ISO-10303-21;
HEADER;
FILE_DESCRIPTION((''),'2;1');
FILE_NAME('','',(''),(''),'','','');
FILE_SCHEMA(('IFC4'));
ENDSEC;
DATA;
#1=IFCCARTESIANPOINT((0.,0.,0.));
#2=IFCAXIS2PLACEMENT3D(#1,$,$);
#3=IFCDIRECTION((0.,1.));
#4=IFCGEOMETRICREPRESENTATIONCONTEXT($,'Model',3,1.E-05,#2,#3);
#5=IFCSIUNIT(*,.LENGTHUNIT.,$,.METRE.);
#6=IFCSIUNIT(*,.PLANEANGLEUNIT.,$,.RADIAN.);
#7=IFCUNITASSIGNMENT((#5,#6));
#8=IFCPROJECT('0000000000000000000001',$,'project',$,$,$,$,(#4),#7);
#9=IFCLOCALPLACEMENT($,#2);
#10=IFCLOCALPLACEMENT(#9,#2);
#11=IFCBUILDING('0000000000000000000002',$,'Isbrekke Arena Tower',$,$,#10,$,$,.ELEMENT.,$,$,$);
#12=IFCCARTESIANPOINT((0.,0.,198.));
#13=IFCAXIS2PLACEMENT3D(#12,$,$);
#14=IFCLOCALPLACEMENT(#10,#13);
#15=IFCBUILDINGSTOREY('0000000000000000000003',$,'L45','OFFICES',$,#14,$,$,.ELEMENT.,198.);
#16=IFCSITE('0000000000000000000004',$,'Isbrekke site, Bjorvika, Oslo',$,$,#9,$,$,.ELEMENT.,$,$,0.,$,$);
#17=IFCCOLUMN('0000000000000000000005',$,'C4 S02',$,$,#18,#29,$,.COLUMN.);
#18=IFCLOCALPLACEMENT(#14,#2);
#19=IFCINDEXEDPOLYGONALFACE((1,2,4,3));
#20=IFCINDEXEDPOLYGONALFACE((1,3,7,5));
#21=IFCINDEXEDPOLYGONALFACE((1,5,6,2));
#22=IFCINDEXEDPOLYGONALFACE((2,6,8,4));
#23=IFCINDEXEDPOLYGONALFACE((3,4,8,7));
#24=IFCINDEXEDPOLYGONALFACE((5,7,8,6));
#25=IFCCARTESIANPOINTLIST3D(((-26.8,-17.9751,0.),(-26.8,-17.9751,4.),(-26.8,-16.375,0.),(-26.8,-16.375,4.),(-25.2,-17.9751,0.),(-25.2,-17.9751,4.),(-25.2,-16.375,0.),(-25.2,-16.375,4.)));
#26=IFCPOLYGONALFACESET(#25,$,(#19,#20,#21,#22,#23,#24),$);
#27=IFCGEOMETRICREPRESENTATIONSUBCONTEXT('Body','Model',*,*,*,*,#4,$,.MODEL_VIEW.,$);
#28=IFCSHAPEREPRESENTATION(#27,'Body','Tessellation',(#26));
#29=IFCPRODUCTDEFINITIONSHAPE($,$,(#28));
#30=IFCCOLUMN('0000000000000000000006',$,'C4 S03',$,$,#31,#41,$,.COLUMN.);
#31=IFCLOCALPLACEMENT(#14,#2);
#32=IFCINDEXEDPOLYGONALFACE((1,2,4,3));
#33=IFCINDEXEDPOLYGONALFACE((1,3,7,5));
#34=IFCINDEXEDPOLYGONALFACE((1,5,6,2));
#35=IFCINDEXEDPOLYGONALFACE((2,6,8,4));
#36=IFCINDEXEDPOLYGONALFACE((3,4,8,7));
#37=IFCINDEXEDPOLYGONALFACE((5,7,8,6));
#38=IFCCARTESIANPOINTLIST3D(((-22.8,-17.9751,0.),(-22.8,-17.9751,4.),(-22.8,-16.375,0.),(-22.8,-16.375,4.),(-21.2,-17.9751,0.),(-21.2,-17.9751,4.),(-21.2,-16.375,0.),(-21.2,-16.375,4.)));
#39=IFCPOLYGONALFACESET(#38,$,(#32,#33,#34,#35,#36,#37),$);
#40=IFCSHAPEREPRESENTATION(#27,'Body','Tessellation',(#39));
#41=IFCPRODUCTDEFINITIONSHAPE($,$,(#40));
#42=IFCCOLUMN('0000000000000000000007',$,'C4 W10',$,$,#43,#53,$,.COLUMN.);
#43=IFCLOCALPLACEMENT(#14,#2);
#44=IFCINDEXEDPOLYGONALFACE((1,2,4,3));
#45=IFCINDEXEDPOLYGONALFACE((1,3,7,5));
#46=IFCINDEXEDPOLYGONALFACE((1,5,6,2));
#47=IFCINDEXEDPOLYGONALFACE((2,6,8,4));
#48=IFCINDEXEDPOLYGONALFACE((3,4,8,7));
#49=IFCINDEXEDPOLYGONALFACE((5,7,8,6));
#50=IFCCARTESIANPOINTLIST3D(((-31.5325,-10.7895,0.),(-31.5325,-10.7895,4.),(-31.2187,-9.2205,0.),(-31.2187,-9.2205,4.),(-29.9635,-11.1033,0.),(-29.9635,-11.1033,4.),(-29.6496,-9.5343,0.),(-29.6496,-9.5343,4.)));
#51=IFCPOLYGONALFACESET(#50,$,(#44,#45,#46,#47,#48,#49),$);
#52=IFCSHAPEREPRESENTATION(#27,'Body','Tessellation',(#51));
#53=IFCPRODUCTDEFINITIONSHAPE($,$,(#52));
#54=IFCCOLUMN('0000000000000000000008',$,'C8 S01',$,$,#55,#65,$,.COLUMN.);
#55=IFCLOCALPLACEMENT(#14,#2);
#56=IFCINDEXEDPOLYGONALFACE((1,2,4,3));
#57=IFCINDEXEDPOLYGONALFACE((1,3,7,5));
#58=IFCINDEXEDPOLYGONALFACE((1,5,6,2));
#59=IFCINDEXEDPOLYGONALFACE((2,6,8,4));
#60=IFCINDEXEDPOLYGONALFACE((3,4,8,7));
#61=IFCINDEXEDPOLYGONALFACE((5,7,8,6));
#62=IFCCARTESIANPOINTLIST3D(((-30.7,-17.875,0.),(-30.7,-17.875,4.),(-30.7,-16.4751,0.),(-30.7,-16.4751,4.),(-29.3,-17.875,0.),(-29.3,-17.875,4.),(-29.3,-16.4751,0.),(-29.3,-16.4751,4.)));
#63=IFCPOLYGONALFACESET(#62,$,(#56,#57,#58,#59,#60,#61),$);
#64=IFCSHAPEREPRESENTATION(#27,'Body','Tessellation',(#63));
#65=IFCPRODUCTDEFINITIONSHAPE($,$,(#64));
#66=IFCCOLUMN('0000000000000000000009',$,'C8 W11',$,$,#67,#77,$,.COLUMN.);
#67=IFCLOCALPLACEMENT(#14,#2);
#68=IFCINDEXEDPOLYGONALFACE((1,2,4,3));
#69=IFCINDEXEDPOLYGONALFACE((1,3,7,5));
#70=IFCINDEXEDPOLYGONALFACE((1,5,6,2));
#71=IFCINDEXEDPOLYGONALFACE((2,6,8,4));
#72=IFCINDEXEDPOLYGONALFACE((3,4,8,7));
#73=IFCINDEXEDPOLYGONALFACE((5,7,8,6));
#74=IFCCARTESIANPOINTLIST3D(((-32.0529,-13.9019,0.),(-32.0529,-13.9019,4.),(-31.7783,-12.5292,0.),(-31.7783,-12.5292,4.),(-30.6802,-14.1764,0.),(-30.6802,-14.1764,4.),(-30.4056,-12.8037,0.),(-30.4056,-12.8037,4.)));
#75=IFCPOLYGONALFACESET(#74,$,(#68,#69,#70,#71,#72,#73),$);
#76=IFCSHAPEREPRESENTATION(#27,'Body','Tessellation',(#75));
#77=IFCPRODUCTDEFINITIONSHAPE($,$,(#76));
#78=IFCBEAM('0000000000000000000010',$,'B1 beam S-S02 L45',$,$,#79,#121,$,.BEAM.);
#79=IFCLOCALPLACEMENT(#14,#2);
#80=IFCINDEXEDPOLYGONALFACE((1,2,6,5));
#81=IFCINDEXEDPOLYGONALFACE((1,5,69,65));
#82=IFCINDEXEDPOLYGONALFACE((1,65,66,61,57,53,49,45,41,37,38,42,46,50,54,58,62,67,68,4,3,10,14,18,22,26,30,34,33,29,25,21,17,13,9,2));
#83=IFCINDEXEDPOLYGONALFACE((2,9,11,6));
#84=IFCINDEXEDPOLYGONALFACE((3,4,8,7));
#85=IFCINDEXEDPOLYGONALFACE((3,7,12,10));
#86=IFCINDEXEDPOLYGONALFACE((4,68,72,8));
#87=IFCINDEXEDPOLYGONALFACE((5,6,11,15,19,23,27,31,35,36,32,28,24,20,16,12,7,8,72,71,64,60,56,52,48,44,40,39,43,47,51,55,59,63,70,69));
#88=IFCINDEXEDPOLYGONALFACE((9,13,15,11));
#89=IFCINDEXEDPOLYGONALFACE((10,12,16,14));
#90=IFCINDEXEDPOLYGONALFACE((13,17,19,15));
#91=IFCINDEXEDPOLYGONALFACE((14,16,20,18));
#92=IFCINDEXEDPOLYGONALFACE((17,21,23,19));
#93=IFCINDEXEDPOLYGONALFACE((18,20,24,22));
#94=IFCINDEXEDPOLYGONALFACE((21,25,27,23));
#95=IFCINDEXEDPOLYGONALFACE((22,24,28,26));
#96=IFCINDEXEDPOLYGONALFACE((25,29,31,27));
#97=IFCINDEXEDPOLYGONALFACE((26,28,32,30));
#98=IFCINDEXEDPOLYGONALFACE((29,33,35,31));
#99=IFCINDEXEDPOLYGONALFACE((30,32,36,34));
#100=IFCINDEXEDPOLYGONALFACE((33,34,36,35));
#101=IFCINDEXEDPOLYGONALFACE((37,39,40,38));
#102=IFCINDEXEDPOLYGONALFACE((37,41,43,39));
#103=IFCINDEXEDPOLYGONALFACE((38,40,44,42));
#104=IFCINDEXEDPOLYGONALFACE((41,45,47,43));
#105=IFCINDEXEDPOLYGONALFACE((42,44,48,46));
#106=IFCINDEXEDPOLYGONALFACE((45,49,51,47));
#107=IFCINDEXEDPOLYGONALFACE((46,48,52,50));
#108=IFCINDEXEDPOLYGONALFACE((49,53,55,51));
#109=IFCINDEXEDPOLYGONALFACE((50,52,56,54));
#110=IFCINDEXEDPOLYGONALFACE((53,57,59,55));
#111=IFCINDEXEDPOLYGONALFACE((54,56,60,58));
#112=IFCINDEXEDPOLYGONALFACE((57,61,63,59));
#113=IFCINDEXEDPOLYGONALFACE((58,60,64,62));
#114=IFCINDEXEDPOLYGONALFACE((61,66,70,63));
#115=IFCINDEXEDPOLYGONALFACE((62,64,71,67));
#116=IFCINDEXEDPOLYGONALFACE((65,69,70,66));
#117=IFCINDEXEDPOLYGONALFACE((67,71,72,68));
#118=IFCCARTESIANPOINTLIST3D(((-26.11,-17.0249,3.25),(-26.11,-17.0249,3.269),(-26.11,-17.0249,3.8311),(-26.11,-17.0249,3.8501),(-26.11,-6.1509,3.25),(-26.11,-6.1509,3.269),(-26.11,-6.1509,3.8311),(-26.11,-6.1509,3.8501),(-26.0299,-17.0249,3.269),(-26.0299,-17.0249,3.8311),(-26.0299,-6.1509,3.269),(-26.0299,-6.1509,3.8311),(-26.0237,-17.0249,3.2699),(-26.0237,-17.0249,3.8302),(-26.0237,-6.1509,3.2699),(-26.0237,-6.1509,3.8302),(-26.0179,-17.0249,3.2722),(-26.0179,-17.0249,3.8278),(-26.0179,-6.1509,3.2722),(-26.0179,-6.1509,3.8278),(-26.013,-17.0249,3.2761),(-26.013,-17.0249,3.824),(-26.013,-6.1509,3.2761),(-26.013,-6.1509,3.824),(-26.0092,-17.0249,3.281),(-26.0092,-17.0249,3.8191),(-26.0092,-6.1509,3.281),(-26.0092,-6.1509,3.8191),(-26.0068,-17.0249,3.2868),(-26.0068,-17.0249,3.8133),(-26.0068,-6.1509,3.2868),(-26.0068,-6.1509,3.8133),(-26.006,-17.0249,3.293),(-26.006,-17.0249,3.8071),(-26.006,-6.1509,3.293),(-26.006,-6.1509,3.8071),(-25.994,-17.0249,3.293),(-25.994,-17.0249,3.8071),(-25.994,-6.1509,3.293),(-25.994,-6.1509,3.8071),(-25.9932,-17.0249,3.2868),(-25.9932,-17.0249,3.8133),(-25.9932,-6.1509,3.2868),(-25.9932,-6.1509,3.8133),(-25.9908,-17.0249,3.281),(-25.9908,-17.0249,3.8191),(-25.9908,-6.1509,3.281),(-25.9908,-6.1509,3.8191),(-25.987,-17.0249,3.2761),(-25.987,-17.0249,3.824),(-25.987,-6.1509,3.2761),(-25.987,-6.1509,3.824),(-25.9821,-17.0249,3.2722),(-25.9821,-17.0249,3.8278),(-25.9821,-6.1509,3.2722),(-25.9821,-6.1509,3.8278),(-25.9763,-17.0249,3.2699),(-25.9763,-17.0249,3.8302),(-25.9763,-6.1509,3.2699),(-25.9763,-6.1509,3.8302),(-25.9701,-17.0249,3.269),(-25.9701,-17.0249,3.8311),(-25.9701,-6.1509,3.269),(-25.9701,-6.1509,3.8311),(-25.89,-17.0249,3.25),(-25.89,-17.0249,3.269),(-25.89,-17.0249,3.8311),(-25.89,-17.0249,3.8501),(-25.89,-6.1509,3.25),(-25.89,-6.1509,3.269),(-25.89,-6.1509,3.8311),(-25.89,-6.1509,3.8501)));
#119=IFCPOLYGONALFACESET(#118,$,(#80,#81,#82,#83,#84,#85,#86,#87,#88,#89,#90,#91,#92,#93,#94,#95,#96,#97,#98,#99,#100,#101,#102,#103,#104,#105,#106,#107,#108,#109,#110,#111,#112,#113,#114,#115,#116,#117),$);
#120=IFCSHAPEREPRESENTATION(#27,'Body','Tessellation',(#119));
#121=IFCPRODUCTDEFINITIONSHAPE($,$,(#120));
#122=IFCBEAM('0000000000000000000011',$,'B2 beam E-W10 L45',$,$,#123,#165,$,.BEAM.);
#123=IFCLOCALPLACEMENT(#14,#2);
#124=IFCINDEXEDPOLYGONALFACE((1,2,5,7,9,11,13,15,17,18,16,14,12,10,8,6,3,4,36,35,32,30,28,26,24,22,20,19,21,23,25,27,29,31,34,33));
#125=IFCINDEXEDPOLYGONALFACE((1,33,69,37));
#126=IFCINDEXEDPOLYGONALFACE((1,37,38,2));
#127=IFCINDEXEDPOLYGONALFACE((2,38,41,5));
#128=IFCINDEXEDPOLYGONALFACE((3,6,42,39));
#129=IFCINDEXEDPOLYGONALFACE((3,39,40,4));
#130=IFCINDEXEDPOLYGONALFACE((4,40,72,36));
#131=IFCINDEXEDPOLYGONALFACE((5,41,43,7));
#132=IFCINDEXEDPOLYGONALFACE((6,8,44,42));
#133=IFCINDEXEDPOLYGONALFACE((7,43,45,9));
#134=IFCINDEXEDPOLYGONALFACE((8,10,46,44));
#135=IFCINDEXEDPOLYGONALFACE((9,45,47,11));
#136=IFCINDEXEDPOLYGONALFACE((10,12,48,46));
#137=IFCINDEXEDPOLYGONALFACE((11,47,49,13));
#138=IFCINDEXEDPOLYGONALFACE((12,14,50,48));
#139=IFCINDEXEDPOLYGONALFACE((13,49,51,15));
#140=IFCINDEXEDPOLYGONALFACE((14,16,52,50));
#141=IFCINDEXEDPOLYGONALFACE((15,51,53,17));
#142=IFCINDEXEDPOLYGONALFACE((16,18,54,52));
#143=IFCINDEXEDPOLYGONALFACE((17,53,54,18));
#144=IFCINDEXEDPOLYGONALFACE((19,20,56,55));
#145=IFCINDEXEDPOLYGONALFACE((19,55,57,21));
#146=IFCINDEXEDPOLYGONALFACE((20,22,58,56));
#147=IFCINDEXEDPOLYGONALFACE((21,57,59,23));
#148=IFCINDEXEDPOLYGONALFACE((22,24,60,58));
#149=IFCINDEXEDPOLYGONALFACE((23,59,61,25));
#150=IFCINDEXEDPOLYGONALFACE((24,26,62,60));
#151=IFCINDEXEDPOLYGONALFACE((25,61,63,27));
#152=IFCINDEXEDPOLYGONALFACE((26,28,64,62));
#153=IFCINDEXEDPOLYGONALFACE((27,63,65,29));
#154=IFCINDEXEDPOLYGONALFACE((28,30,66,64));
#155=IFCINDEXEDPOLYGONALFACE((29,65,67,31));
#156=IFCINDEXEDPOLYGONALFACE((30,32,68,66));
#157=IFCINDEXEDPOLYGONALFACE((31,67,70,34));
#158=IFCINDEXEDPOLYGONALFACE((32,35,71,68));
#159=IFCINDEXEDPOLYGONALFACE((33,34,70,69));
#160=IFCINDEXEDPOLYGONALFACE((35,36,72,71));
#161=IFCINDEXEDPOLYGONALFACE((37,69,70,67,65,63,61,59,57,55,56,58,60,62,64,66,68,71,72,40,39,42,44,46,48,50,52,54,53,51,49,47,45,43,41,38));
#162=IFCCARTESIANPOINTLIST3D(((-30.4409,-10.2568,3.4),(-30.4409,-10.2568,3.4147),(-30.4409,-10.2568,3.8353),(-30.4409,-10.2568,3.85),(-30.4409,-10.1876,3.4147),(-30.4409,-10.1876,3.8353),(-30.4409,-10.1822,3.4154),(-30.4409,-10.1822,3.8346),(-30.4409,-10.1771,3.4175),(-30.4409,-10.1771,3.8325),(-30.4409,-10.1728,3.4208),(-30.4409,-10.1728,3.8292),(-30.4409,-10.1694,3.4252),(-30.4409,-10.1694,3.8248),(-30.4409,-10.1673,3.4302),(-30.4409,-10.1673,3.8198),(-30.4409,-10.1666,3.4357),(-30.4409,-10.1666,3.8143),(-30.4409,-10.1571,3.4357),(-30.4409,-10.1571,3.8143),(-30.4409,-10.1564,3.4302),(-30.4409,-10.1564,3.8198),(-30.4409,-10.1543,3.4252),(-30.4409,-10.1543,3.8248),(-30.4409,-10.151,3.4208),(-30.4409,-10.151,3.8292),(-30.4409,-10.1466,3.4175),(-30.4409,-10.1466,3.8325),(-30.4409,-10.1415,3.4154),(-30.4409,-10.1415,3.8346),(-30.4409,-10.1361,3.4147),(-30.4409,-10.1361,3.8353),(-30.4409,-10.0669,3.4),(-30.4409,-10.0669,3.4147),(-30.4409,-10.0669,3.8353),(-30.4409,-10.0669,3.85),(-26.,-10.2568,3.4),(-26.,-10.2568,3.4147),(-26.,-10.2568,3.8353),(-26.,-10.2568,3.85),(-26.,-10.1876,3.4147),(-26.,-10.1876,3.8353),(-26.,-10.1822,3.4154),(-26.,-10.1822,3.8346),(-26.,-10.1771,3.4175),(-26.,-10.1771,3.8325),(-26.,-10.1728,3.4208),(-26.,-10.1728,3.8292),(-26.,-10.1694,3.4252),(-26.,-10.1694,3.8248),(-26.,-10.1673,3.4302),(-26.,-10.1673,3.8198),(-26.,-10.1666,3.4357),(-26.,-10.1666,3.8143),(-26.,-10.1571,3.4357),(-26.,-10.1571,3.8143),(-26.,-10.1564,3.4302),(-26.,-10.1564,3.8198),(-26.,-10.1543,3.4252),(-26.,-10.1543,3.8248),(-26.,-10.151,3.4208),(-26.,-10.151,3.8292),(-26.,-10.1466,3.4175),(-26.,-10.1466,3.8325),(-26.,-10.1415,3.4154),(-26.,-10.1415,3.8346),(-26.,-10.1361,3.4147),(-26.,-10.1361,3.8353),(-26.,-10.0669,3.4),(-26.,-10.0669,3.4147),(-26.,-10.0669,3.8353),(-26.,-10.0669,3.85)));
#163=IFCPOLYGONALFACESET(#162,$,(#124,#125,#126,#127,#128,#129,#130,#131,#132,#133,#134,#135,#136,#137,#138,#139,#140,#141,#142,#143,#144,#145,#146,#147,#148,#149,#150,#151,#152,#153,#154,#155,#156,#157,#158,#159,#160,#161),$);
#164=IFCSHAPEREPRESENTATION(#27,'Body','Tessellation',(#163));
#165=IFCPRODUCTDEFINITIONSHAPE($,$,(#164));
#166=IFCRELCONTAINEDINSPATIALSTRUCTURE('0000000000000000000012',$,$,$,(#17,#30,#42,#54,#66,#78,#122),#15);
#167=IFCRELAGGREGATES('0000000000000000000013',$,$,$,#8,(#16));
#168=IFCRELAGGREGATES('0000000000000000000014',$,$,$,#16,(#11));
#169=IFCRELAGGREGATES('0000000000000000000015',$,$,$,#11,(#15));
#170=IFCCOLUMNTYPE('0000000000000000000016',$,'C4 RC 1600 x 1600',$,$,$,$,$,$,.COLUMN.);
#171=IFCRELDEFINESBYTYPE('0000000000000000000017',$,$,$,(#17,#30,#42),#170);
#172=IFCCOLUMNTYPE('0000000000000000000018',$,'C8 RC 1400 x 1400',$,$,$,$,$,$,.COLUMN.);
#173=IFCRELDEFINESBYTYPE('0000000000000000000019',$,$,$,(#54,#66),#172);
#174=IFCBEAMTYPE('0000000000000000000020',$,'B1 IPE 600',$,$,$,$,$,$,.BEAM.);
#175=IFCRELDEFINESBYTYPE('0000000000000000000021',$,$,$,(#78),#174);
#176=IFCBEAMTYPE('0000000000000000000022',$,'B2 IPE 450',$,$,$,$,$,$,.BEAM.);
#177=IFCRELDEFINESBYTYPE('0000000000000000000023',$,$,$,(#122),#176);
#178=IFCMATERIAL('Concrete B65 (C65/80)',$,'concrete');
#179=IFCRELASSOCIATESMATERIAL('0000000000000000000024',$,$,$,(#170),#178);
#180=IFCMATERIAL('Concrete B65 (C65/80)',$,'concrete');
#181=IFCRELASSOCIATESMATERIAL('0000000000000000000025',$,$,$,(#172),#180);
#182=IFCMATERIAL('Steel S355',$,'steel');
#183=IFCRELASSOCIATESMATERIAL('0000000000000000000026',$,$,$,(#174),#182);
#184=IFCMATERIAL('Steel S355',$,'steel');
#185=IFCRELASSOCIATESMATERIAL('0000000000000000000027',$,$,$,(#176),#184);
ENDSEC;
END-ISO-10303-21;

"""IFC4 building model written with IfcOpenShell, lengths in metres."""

from ifc_helpers import new_model, si_unit, direction, frame, origin, origin_2d, place, context, subcontext, project, spatial, rectangle, i_section, extrude, material, material_profile, profile_set, type_object, element, save


model = new_model("IFC4")

# Units and contexts
model_context = context("Model", 3, precision=1e-05, world=origin(), true_north=direction((0.0, 1.0)))
body_context = subcontext(model_context, "Body", "Model", "MODEL_VIEW")
ifc_project = project(units=[si_unit("LENGTHUNIT", "METRE"), si_unit("PLANEANGLEUNIT", "RADIAN")], contexts=[model_context])

# Site, building, storey
site_placement = place(None, origin())
site = spatial("IfcSite", under=ifc_project, at=site_placement, Name="Isbrekke site, Bjorvika, Oslo", CompositionType="ELEMENT", RefElevation=0.0)
building_placement = place(site_placement, origin())
building = spatial("IfcBuilding", under=site, at=building_placement, Name="Isbrekke Arena Tower", CompositionType="ELEMENT")
storey_placement = place(building_placement, frame((0.0, 0.0, 198.0)))
storey = spatial("IfcBuildingStorey", under=building, at=storey_placement, Name="L45", Description="OFFICES", CompositionType="ELEMENT", Elevation=198.0)

# Columns
ifc_material_1 = material(Name="Concrete B65 (C65/80)", Category="concrete")
ifc_material_profile_1 = material_profile(ifc_material_1, rectangle(XDim=1.6001, YDim=1.6001, at=origin_2d()), Name="RC 1600x1600")
ifc_profile_set_1 = profile_set([ifc_material_profile_1], Name="Concrete B65 (C65/80)")
column_type_1 = type_object("IfcColumnType", Name="C4 RC 1600 x 1600", PredefinedType="COLUMN", material=ifc_profile_set_1)
for number, where, z_axis, x_axis, name in (
    (1, (-26.0, -17.175, 0.0), (0.0, 0.0, 1.0), (1.0, 0.0, 0.0), "C4 S02"),
    (2, (-22.0, -17.175, 0.0), (0.0, 0.0, 1.0), (1.0, 0.0, 0.0), "C4 S03"),
    (3, (-30.5911, -10.1619, 0.0), (0.0, 0.0, 1.0), (-0.196116, -0.980581, 0.0), "C4 W10"),
):
    element("IfcColumn", number, at=place(storey_placement, frame(where, z_axis=z_axis, x_axis=x_axis)), inside=storey, type_object=column_type_1, Name=name, PredefinedType="COLUMN", context=body_context, shape_type="SweptSolid", body=[
        extrude(rectangle(XDim=1.6001, YDim=1.6001, at=origin_2d()), origin(), (0.0, 0.0, 1.0), 4.0),
    ])
ifc_material_2 = material(Name="Concrete B65 (C65/80)", Category="concrete")
ifc_material_profile_2 = material_profile(ifc_material_2, rectangle(XDim=1.3999, YDim=1.3999, at=origin_2d()), Name="RC 1400x1400")
ifc_profile_set_2 = profile_set([ifc_material_profile_2], Name="Concrete B65 (C65/80)")
column_type_2 = type_object("IfcColumnType", Name="C8 RC 1400 x 1400", PredefinedType="COLUMN", material=ifc_profile_set_2)
for number, where, z_axis, x_axis, name in (
    (4, (-30.0, -17.175, 0.0), (0.0, 0.0, 1.0), (1.0, 0.0, 0.0), "C8 S01"),
    (5, (-31.2292, -13.3528, 0.0), (0.0, 0.0, 1.0), (-0.196116, -0.980581, 0.0), "C8 W11"),
):
    element("IfcColumn", number, at=place(storey_placement, frame(where, z_axis=z_axis, x_axis=x_axis)), inside=storey, type_object=column_type_2, Name=name, PredefinedType="COLUMN", context=body_context, shape_type="SweptSolid", body=[
        extrude(rectangle(XDim=1.3999, YDim=1.3999, at=origin_2d()), origin(), (0.0, 0.0, 1.0), 4.0),
    ])

# Beams
ifc_material_3 = material(Name="Steel S355", Category="steel")
ifc_material_profile_3 = material_profile(ifc_material_3, i_section(OverallWidth=0.22, OverallDepth=0.6001, WebThickness=0.012, FlangeThickness=0.019, FilletRadius=0.0239, at=origin_2d()), Name="IPE 600")
ifc_profile_set_3 = profile_set([ifc_material_profile_3], Name="Steel S355")
beam_type_1 = type_object("IfcBeamType", Name="B1 IPE 600", PredefinedType="BEAM", material=ifc_profile_set_3)
beam_1_placement = place(storey_placement, frame((-26.0, -17.0249, 3.55), z_axis=(0.0, 1.0, 0.0), x_axis=(-1.0, 0.0, 0.0)))
element("IfcBeam", 6, at=beam_1_placement, inside=storey, type_object=beam_type_1, Name="B1 beam S-S02 L45", PredefinedType="BEAM", context=body_context, shape_type="SweptSolid", body=[
    extrude(i_section(OverallWidth=0.22, OverallDepth=0.6001, WebThickness=0.012, FlangeThickness=0.019, FilletRadius=0.0239, at=origin_2d()), origin(), (0.0, 0.0, 1.0), 10.874),
])
ifc_material_4 = material(Name="Steel S355", Category="steel")
ifc_material_profile_4 = material_profile(ifc_material_4, i_section(OverallWidth=0.1899, OverallDepth=0.45, WebThickness=0.0095, FlangeThickness=0.0146, FilletRadius=0.021, at=origin_2d()), Name="IPE 450")
ifc_profile_set_4 = profile_set([ifc_material_profile_4], Name="Steel S355")
beam_type_2 = type_object("IfcBeamType", Name="B2 IPE 450", PredefinedType="BEAM", material=ifc_profile_set_4)
beam_2_placement = place(storey_placement, frame((-30.4409, -10.1619, 3.625), z_axis=(1.0, 0.0, 0.0), x_axis=(0.0, 1.0, 0.0)))
element("IfcBeam", 7, at=beam_2_placement, inside=storey, type_object=beam_type_2, Name="B2 beam E-W10 L45", PredefinedType="BEAM", context=body_context, shape_type="SweptSolid", body=[
    extrude(i_section(OverallWidth=0.1899, OverallDepth=0.45, WebThickness=0.0095, FlangeThickness=0.0146, FilletRadius=0.021, at=origin_2d()), origin(), (0.0, 0.0, 1.0), 4.4409),
])

save(model, "model.ifc")
